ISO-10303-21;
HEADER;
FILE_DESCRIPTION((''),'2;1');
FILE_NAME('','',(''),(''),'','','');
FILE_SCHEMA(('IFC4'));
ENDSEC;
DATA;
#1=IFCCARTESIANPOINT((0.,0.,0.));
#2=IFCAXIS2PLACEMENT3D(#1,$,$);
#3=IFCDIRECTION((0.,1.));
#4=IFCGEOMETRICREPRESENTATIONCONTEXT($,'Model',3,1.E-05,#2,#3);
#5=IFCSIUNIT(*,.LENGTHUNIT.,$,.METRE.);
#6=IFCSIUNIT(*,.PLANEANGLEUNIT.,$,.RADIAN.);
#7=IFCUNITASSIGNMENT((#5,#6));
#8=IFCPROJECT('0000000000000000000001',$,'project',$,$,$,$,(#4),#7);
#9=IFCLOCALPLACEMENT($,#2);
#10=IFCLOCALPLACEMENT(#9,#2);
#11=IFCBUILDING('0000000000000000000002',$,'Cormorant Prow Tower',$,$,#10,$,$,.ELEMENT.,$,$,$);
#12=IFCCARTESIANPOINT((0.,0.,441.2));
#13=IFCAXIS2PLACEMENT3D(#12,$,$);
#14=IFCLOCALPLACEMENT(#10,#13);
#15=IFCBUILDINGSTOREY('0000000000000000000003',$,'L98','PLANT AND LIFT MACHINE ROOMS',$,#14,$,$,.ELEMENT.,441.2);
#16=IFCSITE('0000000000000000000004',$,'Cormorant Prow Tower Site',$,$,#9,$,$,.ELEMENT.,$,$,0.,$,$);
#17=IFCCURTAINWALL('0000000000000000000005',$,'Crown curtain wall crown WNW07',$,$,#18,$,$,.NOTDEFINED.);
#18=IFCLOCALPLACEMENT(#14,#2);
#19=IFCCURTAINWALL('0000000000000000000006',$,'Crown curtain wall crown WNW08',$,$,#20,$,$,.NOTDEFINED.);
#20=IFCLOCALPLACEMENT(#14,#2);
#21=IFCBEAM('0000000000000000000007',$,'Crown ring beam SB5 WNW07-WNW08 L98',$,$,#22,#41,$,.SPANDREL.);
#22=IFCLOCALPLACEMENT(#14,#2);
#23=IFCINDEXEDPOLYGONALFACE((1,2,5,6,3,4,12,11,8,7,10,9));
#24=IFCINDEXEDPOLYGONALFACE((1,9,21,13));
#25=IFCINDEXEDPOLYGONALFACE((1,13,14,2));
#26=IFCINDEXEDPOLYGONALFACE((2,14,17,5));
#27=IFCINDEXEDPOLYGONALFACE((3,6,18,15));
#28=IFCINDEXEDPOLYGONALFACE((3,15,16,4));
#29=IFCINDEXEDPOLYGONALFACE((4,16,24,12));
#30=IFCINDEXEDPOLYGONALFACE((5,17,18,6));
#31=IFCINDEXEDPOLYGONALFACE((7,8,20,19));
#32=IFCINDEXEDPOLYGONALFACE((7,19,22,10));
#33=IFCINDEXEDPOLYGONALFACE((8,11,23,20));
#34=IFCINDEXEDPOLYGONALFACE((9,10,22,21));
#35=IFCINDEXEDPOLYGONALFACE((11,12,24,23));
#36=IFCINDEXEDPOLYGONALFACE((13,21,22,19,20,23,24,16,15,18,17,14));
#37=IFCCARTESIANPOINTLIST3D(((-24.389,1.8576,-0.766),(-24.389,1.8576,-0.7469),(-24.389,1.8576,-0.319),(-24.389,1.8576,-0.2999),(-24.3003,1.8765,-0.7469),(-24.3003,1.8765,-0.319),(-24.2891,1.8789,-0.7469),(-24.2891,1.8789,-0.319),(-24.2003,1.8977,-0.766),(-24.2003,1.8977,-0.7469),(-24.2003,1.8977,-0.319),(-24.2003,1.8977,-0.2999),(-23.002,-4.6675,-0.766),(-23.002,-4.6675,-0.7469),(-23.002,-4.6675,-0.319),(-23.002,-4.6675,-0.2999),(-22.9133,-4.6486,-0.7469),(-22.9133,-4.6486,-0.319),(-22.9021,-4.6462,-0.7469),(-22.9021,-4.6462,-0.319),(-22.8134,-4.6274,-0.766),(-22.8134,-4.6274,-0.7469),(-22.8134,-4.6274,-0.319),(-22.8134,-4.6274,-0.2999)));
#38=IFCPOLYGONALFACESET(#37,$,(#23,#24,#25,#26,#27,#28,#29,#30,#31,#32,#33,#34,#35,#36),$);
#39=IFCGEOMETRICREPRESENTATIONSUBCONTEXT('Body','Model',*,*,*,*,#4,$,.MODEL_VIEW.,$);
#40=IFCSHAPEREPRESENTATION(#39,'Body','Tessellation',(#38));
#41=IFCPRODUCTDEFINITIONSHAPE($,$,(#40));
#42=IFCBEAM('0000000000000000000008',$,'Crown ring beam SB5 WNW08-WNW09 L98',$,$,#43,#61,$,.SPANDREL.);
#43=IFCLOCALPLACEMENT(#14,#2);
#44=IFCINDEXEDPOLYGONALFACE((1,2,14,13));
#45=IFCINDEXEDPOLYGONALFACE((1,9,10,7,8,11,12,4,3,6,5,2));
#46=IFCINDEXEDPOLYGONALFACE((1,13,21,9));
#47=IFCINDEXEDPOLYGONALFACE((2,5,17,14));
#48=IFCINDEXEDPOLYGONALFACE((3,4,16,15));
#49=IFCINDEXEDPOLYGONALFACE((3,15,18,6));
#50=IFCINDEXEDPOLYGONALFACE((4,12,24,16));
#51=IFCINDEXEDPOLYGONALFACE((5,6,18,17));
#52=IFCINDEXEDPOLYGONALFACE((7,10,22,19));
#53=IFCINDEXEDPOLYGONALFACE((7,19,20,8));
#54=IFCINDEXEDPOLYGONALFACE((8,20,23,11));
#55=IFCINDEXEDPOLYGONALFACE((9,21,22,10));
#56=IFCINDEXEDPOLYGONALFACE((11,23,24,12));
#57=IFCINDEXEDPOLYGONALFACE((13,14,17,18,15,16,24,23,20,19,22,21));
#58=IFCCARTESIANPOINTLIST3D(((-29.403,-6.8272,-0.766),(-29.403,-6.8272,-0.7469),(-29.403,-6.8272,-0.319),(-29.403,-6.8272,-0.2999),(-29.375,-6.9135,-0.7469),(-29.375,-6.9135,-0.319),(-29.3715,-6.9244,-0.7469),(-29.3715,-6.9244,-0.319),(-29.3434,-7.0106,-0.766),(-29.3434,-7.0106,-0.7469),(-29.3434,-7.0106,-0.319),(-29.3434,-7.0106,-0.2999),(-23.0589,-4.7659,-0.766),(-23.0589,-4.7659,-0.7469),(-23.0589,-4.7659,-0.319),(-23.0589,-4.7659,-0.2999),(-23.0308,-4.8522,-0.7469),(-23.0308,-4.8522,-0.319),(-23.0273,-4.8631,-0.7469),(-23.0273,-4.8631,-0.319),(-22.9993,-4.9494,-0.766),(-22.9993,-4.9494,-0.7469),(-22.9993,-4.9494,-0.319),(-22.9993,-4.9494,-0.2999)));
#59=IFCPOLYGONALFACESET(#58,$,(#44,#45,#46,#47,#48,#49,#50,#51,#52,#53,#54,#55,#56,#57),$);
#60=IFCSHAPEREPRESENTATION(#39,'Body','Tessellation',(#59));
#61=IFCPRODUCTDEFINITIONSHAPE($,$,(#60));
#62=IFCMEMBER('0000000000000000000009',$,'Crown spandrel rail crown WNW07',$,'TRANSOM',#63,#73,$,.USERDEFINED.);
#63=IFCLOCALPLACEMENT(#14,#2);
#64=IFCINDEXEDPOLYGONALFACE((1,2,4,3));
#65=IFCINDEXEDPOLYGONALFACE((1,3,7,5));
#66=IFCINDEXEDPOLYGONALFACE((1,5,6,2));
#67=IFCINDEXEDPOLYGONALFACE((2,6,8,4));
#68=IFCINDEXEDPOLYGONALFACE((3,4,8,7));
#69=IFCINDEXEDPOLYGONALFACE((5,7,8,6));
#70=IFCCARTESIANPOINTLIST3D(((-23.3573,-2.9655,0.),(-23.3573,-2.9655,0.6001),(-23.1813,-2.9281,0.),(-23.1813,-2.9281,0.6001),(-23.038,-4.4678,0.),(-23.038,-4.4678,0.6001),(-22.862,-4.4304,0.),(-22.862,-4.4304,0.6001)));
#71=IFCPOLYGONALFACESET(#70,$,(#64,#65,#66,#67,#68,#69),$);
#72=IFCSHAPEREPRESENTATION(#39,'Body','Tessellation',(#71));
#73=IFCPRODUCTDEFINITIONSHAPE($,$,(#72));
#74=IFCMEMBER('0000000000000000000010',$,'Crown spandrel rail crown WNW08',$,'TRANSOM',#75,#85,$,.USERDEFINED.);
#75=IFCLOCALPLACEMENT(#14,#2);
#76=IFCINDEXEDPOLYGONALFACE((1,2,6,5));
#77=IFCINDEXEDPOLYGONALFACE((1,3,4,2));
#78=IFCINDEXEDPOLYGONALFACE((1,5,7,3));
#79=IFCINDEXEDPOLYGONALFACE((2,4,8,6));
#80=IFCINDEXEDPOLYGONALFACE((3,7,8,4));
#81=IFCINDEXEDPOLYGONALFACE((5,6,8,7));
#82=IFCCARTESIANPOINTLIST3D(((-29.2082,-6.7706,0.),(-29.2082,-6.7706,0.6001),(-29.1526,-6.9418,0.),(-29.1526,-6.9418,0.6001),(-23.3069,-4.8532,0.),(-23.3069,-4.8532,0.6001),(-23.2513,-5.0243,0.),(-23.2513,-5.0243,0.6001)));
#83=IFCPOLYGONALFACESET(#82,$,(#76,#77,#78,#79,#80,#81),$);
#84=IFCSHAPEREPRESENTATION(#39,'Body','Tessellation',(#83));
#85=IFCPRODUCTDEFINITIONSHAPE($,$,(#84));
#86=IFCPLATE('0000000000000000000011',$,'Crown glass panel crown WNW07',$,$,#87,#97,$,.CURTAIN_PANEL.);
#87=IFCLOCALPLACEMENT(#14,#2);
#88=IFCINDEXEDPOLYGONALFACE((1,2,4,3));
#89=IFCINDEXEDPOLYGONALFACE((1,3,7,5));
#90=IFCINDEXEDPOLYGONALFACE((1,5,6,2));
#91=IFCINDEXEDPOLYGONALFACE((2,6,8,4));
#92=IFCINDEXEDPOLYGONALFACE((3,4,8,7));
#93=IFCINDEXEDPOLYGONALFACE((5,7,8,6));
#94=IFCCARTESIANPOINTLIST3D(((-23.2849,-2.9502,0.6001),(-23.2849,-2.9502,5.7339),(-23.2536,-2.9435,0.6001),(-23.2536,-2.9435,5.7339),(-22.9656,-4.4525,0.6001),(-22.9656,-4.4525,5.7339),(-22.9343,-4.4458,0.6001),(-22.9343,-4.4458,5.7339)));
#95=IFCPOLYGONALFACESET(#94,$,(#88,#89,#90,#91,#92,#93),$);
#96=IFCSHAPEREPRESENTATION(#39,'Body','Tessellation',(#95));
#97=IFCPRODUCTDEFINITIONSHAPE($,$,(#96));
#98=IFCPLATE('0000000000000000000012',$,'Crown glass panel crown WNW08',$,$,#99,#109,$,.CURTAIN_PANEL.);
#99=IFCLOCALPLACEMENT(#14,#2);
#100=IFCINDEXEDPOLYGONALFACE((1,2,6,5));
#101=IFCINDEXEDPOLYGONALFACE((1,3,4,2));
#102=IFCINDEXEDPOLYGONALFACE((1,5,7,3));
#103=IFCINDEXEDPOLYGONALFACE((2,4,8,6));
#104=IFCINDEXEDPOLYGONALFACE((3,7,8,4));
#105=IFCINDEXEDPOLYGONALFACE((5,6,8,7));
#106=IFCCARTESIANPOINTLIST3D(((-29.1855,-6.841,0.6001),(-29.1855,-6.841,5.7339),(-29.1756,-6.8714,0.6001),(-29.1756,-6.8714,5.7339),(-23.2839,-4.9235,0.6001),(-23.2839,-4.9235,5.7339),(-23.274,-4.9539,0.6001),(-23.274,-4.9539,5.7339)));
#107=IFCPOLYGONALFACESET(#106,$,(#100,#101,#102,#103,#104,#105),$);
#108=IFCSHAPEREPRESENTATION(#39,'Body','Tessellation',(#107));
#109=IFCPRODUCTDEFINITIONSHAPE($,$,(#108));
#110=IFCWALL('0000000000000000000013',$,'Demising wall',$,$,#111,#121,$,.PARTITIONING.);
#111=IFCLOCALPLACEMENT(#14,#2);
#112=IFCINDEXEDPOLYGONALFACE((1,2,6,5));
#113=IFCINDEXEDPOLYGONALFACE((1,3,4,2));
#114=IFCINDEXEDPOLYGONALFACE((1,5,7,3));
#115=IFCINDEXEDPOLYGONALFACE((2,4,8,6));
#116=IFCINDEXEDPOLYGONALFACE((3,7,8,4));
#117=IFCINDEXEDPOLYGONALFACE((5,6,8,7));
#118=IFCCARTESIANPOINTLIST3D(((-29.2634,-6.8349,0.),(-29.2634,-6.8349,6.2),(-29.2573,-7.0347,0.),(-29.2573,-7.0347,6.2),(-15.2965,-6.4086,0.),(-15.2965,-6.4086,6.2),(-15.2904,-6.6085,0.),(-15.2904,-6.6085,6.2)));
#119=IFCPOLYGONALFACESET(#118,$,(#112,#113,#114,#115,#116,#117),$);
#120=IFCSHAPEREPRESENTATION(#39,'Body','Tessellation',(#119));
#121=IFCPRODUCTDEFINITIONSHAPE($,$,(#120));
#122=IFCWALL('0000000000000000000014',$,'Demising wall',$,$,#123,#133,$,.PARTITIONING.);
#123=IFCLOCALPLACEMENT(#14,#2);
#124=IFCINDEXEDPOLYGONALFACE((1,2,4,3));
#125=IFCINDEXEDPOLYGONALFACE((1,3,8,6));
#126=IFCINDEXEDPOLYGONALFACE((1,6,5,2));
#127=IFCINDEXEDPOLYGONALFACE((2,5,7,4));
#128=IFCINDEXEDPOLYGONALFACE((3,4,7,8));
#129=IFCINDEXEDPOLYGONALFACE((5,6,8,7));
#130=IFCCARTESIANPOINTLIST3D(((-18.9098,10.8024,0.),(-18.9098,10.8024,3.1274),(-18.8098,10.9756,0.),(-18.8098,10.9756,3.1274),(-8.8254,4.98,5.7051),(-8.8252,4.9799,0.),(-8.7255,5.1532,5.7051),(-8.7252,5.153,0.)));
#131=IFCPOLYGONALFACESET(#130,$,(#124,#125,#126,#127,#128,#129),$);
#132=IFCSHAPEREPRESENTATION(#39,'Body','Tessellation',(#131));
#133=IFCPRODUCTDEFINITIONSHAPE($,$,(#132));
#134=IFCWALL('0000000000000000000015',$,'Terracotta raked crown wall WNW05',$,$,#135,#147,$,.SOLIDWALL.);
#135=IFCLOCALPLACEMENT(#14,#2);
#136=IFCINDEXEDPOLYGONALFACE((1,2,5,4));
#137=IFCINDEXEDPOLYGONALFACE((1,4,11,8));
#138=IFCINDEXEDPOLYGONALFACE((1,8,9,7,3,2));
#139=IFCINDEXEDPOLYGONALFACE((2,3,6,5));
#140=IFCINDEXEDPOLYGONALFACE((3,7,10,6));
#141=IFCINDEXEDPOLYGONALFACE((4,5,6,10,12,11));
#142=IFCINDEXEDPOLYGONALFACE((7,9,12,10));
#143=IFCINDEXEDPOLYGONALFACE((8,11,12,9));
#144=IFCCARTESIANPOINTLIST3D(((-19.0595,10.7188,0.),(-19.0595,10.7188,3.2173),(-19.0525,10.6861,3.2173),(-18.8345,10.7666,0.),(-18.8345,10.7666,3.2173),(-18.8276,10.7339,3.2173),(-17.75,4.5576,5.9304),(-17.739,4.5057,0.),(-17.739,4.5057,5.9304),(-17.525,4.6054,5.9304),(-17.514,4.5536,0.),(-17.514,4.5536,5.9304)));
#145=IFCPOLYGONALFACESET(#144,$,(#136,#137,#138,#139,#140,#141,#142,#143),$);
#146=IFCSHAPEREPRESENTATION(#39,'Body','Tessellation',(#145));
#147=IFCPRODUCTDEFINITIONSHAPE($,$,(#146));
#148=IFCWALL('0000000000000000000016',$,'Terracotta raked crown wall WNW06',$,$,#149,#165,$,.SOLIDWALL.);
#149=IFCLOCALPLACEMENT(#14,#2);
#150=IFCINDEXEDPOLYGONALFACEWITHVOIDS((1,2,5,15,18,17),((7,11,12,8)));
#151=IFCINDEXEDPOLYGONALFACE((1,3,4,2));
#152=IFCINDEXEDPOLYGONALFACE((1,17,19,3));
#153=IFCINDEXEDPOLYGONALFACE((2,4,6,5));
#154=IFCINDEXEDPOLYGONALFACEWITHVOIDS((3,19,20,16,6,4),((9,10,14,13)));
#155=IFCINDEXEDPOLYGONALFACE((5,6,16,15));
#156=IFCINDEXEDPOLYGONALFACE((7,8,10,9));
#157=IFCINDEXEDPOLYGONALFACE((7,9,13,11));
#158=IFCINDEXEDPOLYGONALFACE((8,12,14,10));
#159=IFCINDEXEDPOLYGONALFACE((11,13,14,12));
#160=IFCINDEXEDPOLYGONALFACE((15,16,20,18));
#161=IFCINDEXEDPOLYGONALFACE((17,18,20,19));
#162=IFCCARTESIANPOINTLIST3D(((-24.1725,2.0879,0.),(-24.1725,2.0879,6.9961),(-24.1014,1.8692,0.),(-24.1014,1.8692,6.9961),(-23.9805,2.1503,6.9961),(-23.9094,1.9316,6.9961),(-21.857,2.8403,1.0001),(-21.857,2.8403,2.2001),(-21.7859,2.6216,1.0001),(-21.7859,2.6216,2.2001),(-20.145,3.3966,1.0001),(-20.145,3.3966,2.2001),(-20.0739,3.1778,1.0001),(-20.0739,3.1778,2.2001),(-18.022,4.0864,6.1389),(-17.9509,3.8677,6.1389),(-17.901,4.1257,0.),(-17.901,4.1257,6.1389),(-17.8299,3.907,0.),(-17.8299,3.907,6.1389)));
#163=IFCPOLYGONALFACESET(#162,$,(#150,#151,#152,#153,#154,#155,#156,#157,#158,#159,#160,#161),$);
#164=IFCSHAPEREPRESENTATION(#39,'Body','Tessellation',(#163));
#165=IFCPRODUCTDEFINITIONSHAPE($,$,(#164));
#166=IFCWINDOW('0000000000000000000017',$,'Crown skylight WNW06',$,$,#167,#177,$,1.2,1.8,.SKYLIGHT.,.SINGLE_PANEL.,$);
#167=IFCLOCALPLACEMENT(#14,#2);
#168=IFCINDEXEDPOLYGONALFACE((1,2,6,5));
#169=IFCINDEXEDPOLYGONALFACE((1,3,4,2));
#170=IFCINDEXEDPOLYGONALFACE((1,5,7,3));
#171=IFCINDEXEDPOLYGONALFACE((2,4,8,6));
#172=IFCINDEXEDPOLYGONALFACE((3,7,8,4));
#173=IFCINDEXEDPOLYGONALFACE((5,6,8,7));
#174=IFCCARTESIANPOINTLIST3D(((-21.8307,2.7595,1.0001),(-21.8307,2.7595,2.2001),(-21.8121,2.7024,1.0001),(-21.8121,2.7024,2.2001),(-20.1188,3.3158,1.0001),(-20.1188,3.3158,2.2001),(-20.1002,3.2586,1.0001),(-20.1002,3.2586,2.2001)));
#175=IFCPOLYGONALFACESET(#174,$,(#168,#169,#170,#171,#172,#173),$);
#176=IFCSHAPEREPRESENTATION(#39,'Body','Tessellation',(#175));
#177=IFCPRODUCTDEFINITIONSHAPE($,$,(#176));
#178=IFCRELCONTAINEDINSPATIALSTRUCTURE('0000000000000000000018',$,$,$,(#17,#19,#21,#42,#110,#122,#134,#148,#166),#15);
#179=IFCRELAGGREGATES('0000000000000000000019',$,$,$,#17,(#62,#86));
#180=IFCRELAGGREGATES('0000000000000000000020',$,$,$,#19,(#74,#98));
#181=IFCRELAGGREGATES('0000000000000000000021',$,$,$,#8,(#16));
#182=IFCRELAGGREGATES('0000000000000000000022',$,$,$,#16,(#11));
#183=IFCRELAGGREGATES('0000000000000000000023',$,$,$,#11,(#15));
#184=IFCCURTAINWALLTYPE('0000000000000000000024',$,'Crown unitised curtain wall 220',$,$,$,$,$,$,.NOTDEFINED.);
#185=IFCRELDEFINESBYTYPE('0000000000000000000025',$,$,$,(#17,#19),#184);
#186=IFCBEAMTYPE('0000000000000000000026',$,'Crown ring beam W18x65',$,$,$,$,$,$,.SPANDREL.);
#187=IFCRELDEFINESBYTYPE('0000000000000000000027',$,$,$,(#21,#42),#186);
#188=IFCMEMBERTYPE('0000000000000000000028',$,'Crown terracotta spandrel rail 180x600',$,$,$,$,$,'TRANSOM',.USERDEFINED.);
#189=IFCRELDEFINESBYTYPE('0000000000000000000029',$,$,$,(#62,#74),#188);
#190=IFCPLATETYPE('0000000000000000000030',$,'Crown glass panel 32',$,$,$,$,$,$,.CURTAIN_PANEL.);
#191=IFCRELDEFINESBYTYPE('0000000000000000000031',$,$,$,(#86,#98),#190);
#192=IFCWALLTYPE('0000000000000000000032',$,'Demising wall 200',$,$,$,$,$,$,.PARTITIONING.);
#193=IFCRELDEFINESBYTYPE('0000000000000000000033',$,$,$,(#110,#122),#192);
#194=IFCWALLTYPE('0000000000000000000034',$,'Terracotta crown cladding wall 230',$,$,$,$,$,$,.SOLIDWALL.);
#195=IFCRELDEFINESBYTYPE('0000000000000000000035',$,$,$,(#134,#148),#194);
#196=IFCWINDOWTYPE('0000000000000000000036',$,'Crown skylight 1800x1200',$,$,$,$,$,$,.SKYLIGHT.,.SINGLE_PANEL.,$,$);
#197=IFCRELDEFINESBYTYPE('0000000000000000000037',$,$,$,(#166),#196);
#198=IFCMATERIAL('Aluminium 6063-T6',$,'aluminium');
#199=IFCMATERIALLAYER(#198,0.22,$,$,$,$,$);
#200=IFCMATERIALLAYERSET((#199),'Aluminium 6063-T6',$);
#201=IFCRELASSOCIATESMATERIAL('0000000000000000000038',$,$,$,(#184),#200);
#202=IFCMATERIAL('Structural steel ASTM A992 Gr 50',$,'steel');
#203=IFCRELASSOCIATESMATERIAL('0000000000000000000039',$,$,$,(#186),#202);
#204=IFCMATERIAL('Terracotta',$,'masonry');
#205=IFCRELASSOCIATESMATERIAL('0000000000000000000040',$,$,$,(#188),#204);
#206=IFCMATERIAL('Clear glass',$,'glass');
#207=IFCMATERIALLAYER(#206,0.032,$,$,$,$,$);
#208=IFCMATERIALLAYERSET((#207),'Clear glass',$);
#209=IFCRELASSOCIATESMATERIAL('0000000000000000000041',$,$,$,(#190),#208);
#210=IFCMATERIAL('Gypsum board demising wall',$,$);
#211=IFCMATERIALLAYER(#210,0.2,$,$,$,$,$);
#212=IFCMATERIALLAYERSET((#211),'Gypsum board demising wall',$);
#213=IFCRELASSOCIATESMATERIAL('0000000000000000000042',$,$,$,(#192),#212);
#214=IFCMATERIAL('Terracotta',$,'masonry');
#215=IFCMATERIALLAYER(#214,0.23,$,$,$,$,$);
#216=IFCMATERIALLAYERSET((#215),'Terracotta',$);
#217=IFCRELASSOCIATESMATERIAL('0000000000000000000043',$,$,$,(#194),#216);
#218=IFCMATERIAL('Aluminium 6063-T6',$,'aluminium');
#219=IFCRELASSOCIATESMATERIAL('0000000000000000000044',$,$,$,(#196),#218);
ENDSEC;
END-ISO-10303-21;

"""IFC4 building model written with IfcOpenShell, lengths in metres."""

from ifc_helpers import new_model, si_unit, direction, frame, frame_2d, origin, origin_2d, place, context, subcontext, project, spatial, polyline, rectangle, i_section, outline, extrude, material, layer, layer_set, material_profile, profile_set, type_object, element, fill, aggregate, save


model = new_model("IFC4")

# Units and contexts
model_context = context("Model", 3, precision=1e-05, world=origin(), true_north=direction((0.0, 1.0)))
body_context = subcontext(model_context, "Body", "Model", "MODEL_VIEW")
ifc_project = project(units=[si_unit("LENGTHUNIT", "METRE"), si_unit("PLANEANGLEUNIT", "RADIAN")], contexts=[model_context])

# Site, building, storey
site_placement = place(None, origin())
site = spatial("IfcSite", under=ifc_project, at=site_placement, Name="Cormorant Prow Tower Site", CompositionType="ELEMENT", RefElevation=0.0)
building_placement = place(site_placement, origin())
building = spatial("IfcBuilding", under=site, at=building_placement, Name="Cormorant Prow Tower", CompositionType="ELEMENT")
storey_placement = place(building_placement, frame((0.0, 0.0, 441.2)))
storey = spatial("IfcBuildingStorey", under=building, at=storey_placement, Name="L98", Description="PLANT AND LIFT MACHINE ROOMS", CompositionType="ELEMENT", Elevation=441.2)

# Curtain walls
ifc_material_1 = material(Name="Aluminium 6063-T6", Category="aluminium")
ifc_layer_1 = layer(ifc_material_1, 0.22)
ifc_layer_set_1 = layer_set([ifc_layer_1], Name="Aluminium 6063-T6")
curtain_wall_type = type_object("IfcCurtainWallType", Name="Crown unitised curtain wall 220", PredefinedType="NOTDEFINED", material=ifc_layer_set_1)
curtain_wall_1_placement = place(storey_placement, origin())
curtain_wall_1 = element("IfcCurtainWall", 1, at=curtain_wall_1_placement, inside=storey, type_object=curtain_wall_type, Name="Crown curtain wall crown WNW07", PredefinedType="NOTDEFINED")
curtain_wall_2_placement = place(storey_placement, origin())
curtain_wall_2 = element("IfcCurtainWall", 2, at=curtain_wall_2_placement, inside=storey, type_object=curtain_wall_type, Name="Crown curtain wall crown WNW08", PredefinedType="NOTDEFINED")

# Beams
ifc_material_2 = material(Name="Structural steel ASTM A992 Gr 50", Category="steel")
ifc_material_profile_1 = material_profile(ifc_material_2, i_section(OverallWidth=0.1929, OverallDepth=0.4661, WebThickness=0.0115, FlangeThickness=0.019, at=origin_2d()), Name="W18x65")
ifc_profile_set_1 = profile_set([ifc_material_profile_1], Name="Structural steel ASTM A992 Gr 50")
beam_type = type_object("IfcBeamType", Name="Crown ring beam W18x65", PredefinedType="SPANDREL", material=ifc_profile_set_1)
for number, where, z_axis, x_axis, name in (
    (3, (-24.2947, 1.8777, -0.533), (0.207912, -0.978148, 0.0), (0.978148, 0.207912, 0.0), "Crown ring beam SB5 WNW07-WNW08 L98"),
):
    element("IfcBeam", number, at=place(storey_placement, frame(where, z_axis=z_axis, x_axis=x_axis)), inside=storey, type_object=beam_type, Name=name, PredefinedType="SPANDREL", context=body_context, shape_type="SweptSolid", body=[
        extrude(i_section(OverallWidth=0.1929, OverallDepth=0.4661, WebThickness=0.0115, FlangeThickness=0.019, at=origin_2d()), origin(), (0.0, 0.0, 1.0), 6.6709),
    ])
beam_placement = place(storey_placement, frame((-23.0291, -4.8577, -0.533), z_axis=(-0.95106, -0.309005, 0.0), x_axis=(0.309005, -0.95106, 0.0)))
element("IfcBeam", 4, at=beam_placement, inside=storey, type_object=beam_type, Name="Crown ring beam SB5 WNW08-WNW09 L98", PredefinedType="SPANDREL", context=body_context, shape_type="SweptSolid", body=[
    extrude(i_section(OverallWidth=0.1929, OverallDepth=0.4661, WebThickness=0.0115, FlangeThickness=0.019, at=origin_2d()), origin(), (0.0, 0.0, 1.0), 6.6707),
])

# Members
ifc_material_3 = material(Name="Terracotta", Category="masonry")
ifc_material_profile_2 = material_profile(ifc_material_3, rectangle(XDim=0.1799, YDim=0.6001, at=origin_2d()), Name="Crown terracotta spandrel rail 180x600")
ifc_profile_set_2 = profile_set([ifc_material_profile_2], Name="Terracotta")
member_type_1 = type_object("IfcMemberType", Name="Crown terracotta spandrel rail 180x600", ElementType="TRANSOM", PredefinedType="USERDEFINED", material=ifc_profile_set_2)
member_1_placement = place(storey_placement, frame((-23.2693, -2.9468, 0.3), z_axis=(0.207901, -0.97815, 0.0), x_axis=(0.97815, 0.207901, 0.0)))
member_1 = element("IfcMember", 5, at=member_1_placement, type_object=member_type_1, Name="Crown spandrel rail crown WNW07", ObjectType="TRANSOM", PredefinedType="USERDEFINED", context=body_context, shape_type="SweptSolid", body=[
    extrude(rectangle(XDim=0.1799, YDim=0.6001, at=origin_2d()), origin(), (0.0, 0.0, 1.0), 1.5359),
])
member_2_placement = place(storey_placement, frame((-23.2791, -4.9387, 0.3), z_axis=(-0.951056, -0.309018, 0.0), x_axis=(0.309018, -0.951056, 0.0)))
member_2 = element("IfcMember", 6, at=member_2_placement, type_object=member_type_1, Name="Crown spandrel rail crown WNW08", ObjectType="TRANSOM", PredefinedType="USERDEFINED", context=body_context, shape_type="SweptSolid", body=[
    extrude(rectangle(XDim=0.1799, YDim=0.6001, at=origin_2d()), origin(), (0.0, 0.0, 1.0), 6.2051),
])

# Plates
ifc_material_4 = material(Name="Clear glass", Category="glass")
ifc_layer_2 = layer(ifc_material_4, 0.032)
ifc_layer_set_2 = layer_set([ifc_layer_2], Name="Clear glass")
plate_type = type_object("IfcPlateType", Name="Crown glass panel 32", PredefinedType="CURTAIN_PANEL", material=ifc_layer_set_2)
plate_1_placement = place(storey_placement, frame((-23.1096, -3.698, 0.6001), z_axis=(0.0, 0.0, 1.0), x_axis=(0.207912, -0.978148, 0.0)))
plate_1 = element("IfcPlate", 7, at=plate_1_placement, type_object=plate_type, Name="Crown glass panel crown WNW07", PredefinedType="CURTAIN_PANEL", context=body_context, shape_type="SweptSolid", body=[
    extrude(rectangle(XDim=1.5359, YDim=0.032, at=origin_2d()), origin(), (0.0, 0.0, 1.0), 5.1338),
])
aggregate(curtain_wall_1, [member_1, plate_1])
plate_2_placement = place(storey_placement, frame((-26.2297, -5.8975, 0.6001), z_axis=(0.0, 0.0, 1.0), x_axis=(-0.951057, -0.309017, 0.0)))
plate_2 = element("IfcPlate", 8, at=plate_2_placement, type_object=plate_type, Name="Crown glass panel crown WNW08", PredefinedType="CURTAIN_PANEL", context=body_context, shape_type="SweptSolid", body=[
    extrude(rectangle(XDim=6.2053, YDim=0.032, at=origin_2d()), origin(), (0.0, 0.0, 1.0), 5.1338),
])
aggregate(curtain_wall_2, [member_2, plate_2])

# Walls
ifc_material_5 = material(Name="Gypsum board demising wall")
ifc_layer_3 = layer(ifc_material_5, 0.2)
ifc_layer_set_3 = layer_set([ifc_layer_3], Name="Gypsum board demising wall")
wall_type_1 = type_object("IfcWallType", Name="Demising wall 200", PredefinedType="PARTITIONING", material=ifc_layer_set_3)
wall_1_placement = place(storey_placement, frame((-29.2605, -6.9348, 0.0), z_axis=(0.0, 0.0, 1.0), x_axis=(0.999535, 0.030506, 0.0)))
element("IfcWall", 9, at=wall_1_placement, inside=storey, type_object=wall_type_1, Name="Demising wall", PredefinedType="PARTITIONING", context=body_context, shape_type="SweptSolid", body=[
    extrude(rectangle(XDim=13.9734, YDim=0.2, at=frame_2d((6.9868, 0.0))), origin(), (0.0, 0.0, 1.0), 6.2),
])
wall_2_placement = place(storey_placement, frame((-18.8599, 10.8889, 0.0), z_axis=(0.0, 0.0, 1.0), x_axis=(0.866017, -0.500015, 0.0)))
element("IfcWall", 10, at=wall_2_placement, inside=storey, type_object=wall_type_1, Name="Demising wall", PredefinedType="PARTITIONING", context=body_context, shape_type="SweptSolid", body=[
    extrude(outline(polyline([(0.0, 0.0), (11.6448, 0.0), (11.6445, 5.7051), (0.0, 3.1274), (0.0, 0.0)])), frame((0.0, 0.1001, 0.0), z_axis=(0.0, -1.0, 0.0), x_axis=(1.0, 0.0, 0.0)), (0.0, 0.0, 1.0), 0.2),
])
ifc_material_6 = material(Name="Terracotta", Category="masonry")
ifc_layer_4 = layer(ifc_material_6, 0.23)
ifc_layer_set_4 = layer_set([ifc_layer_4], Name="Terracotta")
wall_type_2 = type_object("IfcWallType", Name="Terracotta crown cladding wall 230", PredefinedType="SOLIDWALL", material=ifc_layer_set_4)
wall_3_placement = place(storey_placement, frame((-18.947, 10.7427, 0.0), z_axis=(0.0, 0.0, 1.0), x_axis=(0.207899, -0.97815, 0.0)))
element("IfcWall", 11, at=wall_3_placement, inside=storey, type_object=wall_type_2, Name="Terracotta raked crown wall WNW05", PredefinedType="SOLIDWALL", context=body_context, shape_type="SweptSolid", body=[
    extrude(outline(polyline([(0.0, 0.0), (6.3518, 0.0), (6.3518, 5.9304), (6.2988, 5.9304), (0.0334, 3.2173), (0.0, 3.2173), (0.0, 0.0)])), frame((0.0, 0.115, 0.0), z_axis=(0.0, -1.0, 0.0), x_axis=(1.0, 0.0, 0.0)), (0.0, 0.0, 1.0), 0.23),
])

# Wall, opening, window
wall_4_placement = place(storey_placement, frame((-17.8655, 4.0164, 0.0), z_axis=(0.0, 0.0, 1.0), x_axis=(-0.951051, -0.309032, 0.0)))
wall_4 = element("IfcWall", 12, at=wall_4_placement, inside=storey, type_object=wall_type_2, Name="Terracotta raked crown wall WNW06", PredefinedType="SOLIDWALL", context=body_context, shape_type="SweptSolid", body=[
    extrude(outline(polyline([(0.0, 0.0), (6.5942, 0.0), (6.5942, 6.9961), (6.3923, 6.9961), (0.1272, 6.1389), (0.0, 6.1389), (0.0, 0.0)])), frame((0.0, 0.115, 0.0), z_axis=(0.0, -1.0, 0.0), x_axis=(1.0, 0.0, 0.0)), (0.0, 0.0, 1.0), 0.23),
])
opening_placement = place(wall_4_placement, frame((2.3596, 0.0, 1.0)))
opening = element("IfcOpeningElement", 13, at=opening_placement, cuts=wall_4, PredefinedType="OPENING", context=body_context, shape_type="SweptSolid", body=[
    extrude(rectangle(XDim=1.8, YDim=1.2, at=frame_2d((0.8999, 0.6001))), frame((0.0, 0.125, 0.0), z_axis=(0.0, -1.0, 0.0), x_axis=(1.0, 0.0, 0.0)), (0.0, 0.0, 1.0), 0.25),
])
ifc_material_7 = material(Name="Aluminium 6063-T6", Category="aluminium")
window_type = type_object("IfcWindowType", Name="Crown skylight 1800x1200", PartitioningType="SINGLE_PANEL", PredefinedType="SKYLIGHT", material=ifc_material_7)
window_placement = place(opening_placement, origin())
window = element("IfcWindow", 14, at=window_placement, inside=storey, type_object=window_type, Name="Crown skylight WNW06", OverallHeight=1.2, OverallWidth=1.8, PartitioningType="SINGLE_PANEL", PredefinedType="SKYLIGHT", context=body_context, shape_type="SweptSolid", body=[
    extrude(rectangle(XDim=1.8, YDim=1.2, at=frame_2d((0.8999, 0.6001))), frame((0.0, 0.03, 0.0), z_axis=(0.0, -1.0, 0.0), x_axis=(1.0, 0.0, 0.0)), (0.0, 0.0, 1.0), 0.0601),
])
fill(opening, window)

save(model, "model.ifc")
